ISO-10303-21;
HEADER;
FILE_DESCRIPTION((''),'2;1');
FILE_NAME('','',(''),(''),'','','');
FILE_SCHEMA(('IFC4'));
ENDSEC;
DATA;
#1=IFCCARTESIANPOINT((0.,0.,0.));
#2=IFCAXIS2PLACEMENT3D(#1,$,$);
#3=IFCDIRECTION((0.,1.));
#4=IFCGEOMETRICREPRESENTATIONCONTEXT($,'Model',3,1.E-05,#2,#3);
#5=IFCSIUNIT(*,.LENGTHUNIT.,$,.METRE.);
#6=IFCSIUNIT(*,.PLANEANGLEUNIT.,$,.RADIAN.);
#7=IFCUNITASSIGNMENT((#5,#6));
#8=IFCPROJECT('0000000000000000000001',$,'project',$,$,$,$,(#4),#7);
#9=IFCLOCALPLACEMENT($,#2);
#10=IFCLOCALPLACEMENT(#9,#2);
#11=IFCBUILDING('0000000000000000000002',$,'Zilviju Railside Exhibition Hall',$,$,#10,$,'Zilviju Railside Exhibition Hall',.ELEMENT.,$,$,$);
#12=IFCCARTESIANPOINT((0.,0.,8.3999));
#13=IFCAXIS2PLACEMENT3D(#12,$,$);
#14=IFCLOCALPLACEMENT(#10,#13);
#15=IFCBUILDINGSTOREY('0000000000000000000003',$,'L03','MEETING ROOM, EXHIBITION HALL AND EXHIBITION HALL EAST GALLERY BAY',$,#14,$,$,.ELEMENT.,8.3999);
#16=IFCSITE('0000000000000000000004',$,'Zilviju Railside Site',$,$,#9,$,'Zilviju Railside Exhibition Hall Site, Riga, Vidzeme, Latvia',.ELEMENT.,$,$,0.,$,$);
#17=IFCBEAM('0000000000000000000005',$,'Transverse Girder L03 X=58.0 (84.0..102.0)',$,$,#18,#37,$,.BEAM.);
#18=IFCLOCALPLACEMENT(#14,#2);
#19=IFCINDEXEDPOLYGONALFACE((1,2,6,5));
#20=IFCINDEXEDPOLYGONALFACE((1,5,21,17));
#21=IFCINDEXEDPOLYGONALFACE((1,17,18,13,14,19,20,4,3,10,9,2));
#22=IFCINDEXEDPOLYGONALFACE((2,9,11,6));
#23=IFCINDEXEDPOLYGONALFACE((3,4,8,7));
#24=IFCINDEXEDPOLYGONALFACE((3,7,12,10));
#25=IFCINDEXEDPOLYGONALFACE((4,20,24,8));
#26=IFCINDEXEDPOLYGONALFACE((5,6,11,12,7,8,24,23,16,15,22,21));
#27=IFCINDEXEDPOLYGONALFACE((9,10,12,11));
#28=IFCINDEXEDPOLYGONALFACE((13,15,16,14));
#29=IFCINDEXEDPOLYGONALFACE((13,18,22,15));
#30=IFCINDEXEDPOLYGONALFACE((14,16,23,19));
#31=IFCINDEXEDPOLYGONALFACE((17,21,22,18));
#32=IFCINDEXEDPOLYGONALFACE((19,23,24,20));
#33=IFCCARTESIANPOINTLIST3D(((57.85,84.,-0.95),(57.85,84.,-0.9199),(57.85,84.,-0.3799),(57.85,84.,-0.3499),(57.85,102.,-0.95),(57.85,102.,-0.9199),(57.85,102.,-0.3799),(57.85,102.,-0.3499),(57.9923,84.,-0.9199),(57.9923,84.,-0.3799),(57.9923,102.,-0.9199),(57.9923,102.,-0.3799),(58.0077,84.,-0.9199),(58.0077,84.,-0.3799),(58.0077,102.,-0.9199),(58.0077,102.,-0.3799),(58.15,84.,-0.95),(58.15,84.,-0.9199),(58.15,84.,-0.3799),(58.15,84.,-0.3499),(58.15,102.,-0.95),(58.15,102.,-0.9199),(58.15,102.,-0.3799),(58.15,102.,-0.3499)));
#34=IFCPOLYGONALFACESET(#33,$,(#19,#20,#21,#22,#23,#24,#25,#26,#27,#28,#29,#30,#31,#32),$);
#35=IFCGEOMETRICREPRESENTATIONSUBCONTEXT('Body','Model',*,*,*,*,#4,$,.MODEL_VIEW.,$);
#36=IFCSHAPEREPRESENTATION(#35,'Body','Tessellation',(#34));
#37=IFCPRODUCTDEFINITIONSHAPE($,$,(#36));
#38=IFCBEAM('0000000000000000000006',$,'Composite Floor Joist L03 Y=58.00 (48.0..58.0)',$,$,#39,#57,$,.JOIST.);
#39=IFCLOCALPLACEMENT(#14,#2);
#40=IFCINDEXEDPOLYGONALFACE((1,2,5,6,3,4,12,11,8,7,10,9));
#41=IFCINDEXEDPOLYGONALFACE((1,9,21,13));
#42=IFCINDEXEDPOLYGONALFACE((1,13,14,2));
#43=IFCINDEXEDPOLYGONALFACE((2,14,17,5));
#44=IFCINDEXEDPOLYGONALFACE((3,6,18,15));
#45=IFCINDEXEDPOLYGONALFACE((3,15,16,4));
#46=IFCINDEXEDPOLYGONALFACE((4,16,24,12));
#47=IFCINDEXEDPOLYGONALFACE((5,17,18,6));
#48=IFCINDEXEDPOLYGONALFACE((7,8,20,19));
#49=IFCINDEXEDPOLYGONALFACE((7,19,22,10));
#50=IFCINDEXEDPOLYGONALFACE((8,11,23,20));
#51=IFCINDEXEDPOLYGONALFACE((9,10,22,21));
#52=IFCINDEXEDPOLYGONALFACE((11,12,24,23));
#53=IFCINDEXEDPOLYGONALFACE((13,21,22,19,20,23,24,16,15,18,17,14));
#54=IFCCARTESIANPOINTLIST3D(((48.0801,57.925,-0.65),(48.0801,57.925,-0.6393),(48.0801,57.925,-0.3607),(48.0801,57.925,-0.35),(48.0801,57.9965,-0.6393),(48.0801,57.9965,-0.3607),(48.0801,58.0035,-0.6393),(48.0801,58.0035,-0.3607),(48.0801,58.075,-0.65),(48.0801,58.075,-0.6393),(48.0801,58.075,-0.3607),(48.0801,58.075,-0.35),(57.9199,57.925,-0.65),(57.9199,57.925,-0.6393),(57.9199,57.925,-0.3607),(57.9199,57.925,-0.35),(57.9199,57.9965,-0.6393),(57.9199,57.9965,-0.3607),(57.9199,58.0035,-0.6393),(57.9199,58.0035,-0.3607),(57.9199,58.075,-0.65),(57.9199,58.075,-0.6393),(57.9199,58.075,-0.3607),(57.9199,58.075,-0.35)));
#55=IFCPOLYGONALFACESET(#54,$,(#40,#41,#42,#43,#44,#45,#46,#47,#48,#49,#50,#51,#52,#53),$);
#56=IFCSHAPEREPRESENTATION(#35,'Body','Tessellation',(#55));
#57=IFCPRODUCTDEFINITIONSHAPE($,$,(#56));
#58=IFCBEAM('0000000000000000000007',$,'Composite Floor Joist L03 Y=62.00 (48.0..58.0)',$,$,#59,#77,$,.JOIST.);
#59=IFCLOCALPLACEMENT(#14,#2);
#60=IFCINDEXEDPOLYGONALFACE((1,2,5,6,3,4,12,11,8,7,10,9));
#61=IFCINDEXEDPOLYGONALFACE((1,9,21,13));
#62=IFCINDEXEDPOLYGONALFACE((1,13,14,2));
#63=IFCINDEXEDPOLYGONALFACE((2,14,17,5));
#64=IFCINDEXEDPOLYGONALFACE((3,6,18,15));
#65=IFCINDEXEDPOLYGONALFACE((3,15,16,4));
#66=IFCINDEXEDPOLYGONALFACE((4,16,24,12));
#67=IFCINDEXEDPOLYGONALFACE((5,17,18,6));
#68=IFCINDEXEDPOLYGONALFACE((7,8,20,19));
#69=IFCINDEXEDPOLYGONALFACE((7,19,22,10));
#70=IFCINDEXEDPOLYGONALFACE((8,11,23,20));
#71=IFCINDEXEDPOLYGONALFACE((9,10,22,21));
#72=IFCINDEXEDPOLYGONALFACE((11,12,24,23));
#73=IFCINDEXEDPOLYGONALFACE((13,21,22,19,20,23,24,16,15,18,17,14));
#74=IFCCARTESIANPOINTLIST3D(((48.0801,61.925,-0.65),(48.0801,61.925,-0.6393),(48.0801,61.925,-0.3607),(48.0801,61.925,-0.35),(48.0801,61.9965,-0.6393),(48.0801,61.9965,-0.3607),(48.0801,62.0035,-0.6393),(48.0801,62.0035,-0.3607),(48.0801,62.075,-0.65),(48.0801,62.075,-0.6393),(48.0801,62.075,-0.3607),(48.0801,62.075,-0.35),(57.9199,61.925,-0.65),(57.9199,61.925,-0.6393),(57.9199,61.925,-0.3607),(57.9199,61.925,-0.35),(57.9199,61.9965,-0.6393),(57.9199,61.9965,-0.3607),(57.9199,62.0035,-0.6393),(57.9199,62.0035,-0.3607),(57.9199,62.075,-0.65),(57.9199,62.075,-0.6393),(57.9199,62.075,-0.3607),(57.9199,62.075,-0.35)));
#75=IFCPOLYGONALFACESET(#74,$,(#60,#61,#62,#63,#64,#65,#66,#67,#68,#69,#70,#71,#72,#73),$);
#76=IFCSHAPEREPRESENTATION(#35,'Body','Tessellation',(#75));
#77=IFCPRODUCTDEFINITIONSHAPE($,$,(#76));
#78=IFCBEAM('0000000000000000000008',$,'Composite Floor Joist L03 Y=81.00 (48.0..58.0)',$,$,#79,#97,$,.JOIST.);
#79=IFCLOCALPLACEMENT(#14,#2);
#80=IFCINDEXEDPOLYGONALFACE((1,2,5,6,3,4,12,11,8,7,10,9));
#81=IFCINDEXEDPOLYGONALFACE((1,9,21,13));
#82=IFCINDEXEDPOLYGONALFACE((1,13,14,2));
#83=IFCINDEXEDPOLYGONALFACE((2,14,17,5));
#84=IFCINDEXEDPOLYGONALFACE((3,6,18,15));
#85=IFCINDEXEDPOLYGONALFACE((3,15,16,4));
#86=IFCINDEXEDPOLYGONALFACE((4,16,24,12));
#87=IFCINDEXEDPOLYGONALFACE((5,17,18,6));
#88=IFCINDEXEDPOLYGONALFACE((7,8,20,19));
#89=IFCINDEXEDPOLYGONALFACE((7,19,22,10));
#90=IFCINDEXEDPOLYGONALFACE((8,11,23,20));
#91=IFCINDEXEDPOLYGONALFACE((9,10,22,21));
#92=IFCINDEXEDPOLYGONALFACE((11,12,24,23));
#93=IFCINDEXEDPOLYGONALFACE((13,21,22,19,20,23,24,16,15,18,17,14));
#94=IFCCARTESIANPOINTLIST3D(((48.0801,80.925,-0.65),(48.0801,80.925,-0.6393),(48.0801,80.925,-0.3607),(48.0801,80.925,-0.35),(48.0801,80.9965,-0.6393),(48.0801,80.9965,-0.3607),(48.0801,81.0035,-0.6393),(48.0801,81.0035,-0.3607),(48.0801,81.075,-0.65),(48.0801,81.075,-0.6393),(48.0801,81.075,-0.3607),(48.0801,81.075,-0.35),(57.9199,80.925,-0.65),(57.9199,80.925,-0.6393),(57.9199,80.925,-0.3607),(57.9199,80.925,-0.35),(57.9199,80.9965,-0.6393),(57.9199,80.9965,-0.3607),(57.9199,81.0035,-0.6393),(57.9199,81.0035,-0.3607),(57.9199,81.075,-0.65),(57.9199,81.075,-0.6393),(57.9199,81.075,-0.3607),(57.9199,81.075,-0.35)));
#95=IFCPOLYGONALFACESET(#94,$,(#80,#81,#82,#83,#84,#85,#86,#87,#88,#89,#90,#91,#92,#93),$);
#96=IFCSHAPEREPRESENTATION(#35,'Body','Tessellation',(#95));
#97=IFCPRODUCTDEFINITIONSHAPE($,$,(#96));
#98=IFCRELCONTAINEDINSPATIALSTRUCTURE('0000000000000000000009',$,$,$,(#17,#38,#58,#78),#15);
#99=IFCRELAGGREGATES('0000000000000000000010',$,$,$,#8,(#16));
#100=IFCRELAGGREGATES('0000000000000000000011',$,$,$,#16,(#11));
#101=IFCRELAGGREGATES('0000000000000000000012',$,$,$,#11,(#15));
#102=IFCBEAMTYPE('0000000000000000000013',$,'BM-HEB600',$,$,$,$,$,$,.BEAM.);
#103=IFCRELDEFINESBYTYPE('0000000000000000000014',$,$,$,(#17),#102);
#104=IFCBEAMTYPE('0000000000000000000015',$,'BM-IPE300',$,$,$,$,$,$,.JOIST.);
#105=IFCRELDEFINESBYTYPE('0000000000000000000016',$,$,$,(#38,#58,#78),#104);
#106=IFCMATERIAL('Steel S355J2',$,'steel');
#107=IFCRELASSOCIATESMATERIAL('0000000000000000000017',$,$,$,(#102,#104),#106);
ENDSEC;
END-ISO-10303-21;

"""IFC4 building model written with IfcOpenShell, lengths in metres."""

from ifc_helpers import new_model, si_unit, direction, frame, origin, origin_2d, place, context, subcontext, project, spatial, i_section, extrude, material, material_profile, profile_set, type_object, element, save


model = new_model("IFC4")

# Units and contexts
model_context = context("Model", 3, precision=1e-05, world=origin(), true_north=direction((0.0, 1.0)))
body_context = subcontext(model_context, "Body", "Model", "MODEL_VIEW")
ifc_project = project(units=[si_unit("LENGTHUNIT", "METRE"), si_unit("PLANEANGLEUNIT", "RADIAN")], contexts=[model_context])

# Site, building, storey
site_placement = place(None, origin())
site = spatial("IfcSite", under=ifc_project, at=site_placement, Name="Zilviju Railside Site", LongName="Zilviju Railside Exhibition Hall Site, Riga, Vidzeme, Latvia", CompositionType="ELEMENT", RefElevation=0.0)
building_placement = place(site_placement, origin())
building = spatial("IfcBuilding", under=site, at=building_placement, Name="Zilviju Railside Exhibition Hall", LongName="Zilviju Railside Exhibition Hall", CompositionType="ELEMENT")
storey_placement = place(building_placement, frame((0.0, 0.0, 8.3999)))
storey = spatial("IfcBuildingStorey", under=building, at=storey_placement, Name="L03", Description="MEETING ROOM, EXHIBITION HALL AND EXHIBITION HALL EAST GALLERY BAY", CompositionType="ELEMENT", Elevation=8.3999)

# Shared definitions
ifc_material = material(Name="Steel S355J2", Category="steel")

# Beams
ifc_material_profile_1 = material_profile(ifc_material, i_section(OverallWidth=0.3, OverallDepth=0.6001, WebThickness=0.0154, FlangeThickness=0.03, at=origin_2d()), Name="HEB 600")
ifc_profile_set_1 = profile_set([ifc_material_profile_1], Name="Steel S355J2")
beam_type_1 = type_object("IfcBeamType", Name="BM-HEB600", PredefinedType="BEAM", material=ifc_profile_set_1)
beam_1_placement = place(storey_placement, frame((58.0, 84.0, -0.6499), z_axis=(0.0, 1.0, 0.0), x_axis=(-1.0, 0.0, 0.0)))
element("IfcBeam", 1, at=beam_1_placement, inside=storey, type_object=beam_type_1, Name="Transverse Girder L03 X=58.0 (84.0..102.0)", PredefinedType="BEAM", context=body_context, shape_type="SweptSolid", body=[
    extrude(i_section(OverallWidth=0.3, OverallDepth=0.6001, WebThickness=0.0154, FlangeThickness=0.03, at=origin_2d()), origin(), (0.0, 0.0, 1.0), 18.0),
])
ifc_material_profile_2 = material_profile(ifc_material, i_section(OverallWidth=0.1499, OverallDepth=0.3, WebThickness=0.0071, FlangeThickness=0.0107, at=origin_2d()), Name="IPE 300")
ifc_profile_set_2 = profile_set([ifc_material_profile_2], Name="Steel S355J2")
beam_type_2 = type_object("IfcBeamType", Name="BM-IPE300", PredefinedType="JOIST", material=ifc_profile_set_2)
for number, where, z_axis, x_axis, name in (
    (2, (48.0801, 58.0, -0.5), (1.0, 0.0, 0.0), (0.0, 1.0, 0.0), "Composite Floor Joist L03 Y=58.00 (48.0..58.0)"),
    (3, (48.0801, 62.0, -0.5), (1.0, 0.0, 0.0), (0.0, 1.0, 0.0), "Composite Floor Joist L03 Y=62.00 (48.0..58.0)"),
    (4, (48.0801, 81.0, -0.5), (1.0, 0.0, 0.0), (0.0, 1.0, 0.0), "Composite Floor Joist L03 Y=81.00 (48.0..58.0)"),
):
    element("IfcBeam", number, at=place(storey_placement, frame(where, z_axis=z_axis, x_axis=x_axis)), inside=storey, type_object=beam_type_2, Name=name, PredefinedType="JOIST", context=body_context, shape_type="SweptSolid", body=[
        extrude(i_section(OverallWidth=0.1499, OverallDepth=0.3, WebThickness=0.0071, FlangeThickness=0.0107, at=origin_2d()), origin(), (0.0, 0.0, 1.0), 9.8398),
    ])

save(model, "model.ifc")
